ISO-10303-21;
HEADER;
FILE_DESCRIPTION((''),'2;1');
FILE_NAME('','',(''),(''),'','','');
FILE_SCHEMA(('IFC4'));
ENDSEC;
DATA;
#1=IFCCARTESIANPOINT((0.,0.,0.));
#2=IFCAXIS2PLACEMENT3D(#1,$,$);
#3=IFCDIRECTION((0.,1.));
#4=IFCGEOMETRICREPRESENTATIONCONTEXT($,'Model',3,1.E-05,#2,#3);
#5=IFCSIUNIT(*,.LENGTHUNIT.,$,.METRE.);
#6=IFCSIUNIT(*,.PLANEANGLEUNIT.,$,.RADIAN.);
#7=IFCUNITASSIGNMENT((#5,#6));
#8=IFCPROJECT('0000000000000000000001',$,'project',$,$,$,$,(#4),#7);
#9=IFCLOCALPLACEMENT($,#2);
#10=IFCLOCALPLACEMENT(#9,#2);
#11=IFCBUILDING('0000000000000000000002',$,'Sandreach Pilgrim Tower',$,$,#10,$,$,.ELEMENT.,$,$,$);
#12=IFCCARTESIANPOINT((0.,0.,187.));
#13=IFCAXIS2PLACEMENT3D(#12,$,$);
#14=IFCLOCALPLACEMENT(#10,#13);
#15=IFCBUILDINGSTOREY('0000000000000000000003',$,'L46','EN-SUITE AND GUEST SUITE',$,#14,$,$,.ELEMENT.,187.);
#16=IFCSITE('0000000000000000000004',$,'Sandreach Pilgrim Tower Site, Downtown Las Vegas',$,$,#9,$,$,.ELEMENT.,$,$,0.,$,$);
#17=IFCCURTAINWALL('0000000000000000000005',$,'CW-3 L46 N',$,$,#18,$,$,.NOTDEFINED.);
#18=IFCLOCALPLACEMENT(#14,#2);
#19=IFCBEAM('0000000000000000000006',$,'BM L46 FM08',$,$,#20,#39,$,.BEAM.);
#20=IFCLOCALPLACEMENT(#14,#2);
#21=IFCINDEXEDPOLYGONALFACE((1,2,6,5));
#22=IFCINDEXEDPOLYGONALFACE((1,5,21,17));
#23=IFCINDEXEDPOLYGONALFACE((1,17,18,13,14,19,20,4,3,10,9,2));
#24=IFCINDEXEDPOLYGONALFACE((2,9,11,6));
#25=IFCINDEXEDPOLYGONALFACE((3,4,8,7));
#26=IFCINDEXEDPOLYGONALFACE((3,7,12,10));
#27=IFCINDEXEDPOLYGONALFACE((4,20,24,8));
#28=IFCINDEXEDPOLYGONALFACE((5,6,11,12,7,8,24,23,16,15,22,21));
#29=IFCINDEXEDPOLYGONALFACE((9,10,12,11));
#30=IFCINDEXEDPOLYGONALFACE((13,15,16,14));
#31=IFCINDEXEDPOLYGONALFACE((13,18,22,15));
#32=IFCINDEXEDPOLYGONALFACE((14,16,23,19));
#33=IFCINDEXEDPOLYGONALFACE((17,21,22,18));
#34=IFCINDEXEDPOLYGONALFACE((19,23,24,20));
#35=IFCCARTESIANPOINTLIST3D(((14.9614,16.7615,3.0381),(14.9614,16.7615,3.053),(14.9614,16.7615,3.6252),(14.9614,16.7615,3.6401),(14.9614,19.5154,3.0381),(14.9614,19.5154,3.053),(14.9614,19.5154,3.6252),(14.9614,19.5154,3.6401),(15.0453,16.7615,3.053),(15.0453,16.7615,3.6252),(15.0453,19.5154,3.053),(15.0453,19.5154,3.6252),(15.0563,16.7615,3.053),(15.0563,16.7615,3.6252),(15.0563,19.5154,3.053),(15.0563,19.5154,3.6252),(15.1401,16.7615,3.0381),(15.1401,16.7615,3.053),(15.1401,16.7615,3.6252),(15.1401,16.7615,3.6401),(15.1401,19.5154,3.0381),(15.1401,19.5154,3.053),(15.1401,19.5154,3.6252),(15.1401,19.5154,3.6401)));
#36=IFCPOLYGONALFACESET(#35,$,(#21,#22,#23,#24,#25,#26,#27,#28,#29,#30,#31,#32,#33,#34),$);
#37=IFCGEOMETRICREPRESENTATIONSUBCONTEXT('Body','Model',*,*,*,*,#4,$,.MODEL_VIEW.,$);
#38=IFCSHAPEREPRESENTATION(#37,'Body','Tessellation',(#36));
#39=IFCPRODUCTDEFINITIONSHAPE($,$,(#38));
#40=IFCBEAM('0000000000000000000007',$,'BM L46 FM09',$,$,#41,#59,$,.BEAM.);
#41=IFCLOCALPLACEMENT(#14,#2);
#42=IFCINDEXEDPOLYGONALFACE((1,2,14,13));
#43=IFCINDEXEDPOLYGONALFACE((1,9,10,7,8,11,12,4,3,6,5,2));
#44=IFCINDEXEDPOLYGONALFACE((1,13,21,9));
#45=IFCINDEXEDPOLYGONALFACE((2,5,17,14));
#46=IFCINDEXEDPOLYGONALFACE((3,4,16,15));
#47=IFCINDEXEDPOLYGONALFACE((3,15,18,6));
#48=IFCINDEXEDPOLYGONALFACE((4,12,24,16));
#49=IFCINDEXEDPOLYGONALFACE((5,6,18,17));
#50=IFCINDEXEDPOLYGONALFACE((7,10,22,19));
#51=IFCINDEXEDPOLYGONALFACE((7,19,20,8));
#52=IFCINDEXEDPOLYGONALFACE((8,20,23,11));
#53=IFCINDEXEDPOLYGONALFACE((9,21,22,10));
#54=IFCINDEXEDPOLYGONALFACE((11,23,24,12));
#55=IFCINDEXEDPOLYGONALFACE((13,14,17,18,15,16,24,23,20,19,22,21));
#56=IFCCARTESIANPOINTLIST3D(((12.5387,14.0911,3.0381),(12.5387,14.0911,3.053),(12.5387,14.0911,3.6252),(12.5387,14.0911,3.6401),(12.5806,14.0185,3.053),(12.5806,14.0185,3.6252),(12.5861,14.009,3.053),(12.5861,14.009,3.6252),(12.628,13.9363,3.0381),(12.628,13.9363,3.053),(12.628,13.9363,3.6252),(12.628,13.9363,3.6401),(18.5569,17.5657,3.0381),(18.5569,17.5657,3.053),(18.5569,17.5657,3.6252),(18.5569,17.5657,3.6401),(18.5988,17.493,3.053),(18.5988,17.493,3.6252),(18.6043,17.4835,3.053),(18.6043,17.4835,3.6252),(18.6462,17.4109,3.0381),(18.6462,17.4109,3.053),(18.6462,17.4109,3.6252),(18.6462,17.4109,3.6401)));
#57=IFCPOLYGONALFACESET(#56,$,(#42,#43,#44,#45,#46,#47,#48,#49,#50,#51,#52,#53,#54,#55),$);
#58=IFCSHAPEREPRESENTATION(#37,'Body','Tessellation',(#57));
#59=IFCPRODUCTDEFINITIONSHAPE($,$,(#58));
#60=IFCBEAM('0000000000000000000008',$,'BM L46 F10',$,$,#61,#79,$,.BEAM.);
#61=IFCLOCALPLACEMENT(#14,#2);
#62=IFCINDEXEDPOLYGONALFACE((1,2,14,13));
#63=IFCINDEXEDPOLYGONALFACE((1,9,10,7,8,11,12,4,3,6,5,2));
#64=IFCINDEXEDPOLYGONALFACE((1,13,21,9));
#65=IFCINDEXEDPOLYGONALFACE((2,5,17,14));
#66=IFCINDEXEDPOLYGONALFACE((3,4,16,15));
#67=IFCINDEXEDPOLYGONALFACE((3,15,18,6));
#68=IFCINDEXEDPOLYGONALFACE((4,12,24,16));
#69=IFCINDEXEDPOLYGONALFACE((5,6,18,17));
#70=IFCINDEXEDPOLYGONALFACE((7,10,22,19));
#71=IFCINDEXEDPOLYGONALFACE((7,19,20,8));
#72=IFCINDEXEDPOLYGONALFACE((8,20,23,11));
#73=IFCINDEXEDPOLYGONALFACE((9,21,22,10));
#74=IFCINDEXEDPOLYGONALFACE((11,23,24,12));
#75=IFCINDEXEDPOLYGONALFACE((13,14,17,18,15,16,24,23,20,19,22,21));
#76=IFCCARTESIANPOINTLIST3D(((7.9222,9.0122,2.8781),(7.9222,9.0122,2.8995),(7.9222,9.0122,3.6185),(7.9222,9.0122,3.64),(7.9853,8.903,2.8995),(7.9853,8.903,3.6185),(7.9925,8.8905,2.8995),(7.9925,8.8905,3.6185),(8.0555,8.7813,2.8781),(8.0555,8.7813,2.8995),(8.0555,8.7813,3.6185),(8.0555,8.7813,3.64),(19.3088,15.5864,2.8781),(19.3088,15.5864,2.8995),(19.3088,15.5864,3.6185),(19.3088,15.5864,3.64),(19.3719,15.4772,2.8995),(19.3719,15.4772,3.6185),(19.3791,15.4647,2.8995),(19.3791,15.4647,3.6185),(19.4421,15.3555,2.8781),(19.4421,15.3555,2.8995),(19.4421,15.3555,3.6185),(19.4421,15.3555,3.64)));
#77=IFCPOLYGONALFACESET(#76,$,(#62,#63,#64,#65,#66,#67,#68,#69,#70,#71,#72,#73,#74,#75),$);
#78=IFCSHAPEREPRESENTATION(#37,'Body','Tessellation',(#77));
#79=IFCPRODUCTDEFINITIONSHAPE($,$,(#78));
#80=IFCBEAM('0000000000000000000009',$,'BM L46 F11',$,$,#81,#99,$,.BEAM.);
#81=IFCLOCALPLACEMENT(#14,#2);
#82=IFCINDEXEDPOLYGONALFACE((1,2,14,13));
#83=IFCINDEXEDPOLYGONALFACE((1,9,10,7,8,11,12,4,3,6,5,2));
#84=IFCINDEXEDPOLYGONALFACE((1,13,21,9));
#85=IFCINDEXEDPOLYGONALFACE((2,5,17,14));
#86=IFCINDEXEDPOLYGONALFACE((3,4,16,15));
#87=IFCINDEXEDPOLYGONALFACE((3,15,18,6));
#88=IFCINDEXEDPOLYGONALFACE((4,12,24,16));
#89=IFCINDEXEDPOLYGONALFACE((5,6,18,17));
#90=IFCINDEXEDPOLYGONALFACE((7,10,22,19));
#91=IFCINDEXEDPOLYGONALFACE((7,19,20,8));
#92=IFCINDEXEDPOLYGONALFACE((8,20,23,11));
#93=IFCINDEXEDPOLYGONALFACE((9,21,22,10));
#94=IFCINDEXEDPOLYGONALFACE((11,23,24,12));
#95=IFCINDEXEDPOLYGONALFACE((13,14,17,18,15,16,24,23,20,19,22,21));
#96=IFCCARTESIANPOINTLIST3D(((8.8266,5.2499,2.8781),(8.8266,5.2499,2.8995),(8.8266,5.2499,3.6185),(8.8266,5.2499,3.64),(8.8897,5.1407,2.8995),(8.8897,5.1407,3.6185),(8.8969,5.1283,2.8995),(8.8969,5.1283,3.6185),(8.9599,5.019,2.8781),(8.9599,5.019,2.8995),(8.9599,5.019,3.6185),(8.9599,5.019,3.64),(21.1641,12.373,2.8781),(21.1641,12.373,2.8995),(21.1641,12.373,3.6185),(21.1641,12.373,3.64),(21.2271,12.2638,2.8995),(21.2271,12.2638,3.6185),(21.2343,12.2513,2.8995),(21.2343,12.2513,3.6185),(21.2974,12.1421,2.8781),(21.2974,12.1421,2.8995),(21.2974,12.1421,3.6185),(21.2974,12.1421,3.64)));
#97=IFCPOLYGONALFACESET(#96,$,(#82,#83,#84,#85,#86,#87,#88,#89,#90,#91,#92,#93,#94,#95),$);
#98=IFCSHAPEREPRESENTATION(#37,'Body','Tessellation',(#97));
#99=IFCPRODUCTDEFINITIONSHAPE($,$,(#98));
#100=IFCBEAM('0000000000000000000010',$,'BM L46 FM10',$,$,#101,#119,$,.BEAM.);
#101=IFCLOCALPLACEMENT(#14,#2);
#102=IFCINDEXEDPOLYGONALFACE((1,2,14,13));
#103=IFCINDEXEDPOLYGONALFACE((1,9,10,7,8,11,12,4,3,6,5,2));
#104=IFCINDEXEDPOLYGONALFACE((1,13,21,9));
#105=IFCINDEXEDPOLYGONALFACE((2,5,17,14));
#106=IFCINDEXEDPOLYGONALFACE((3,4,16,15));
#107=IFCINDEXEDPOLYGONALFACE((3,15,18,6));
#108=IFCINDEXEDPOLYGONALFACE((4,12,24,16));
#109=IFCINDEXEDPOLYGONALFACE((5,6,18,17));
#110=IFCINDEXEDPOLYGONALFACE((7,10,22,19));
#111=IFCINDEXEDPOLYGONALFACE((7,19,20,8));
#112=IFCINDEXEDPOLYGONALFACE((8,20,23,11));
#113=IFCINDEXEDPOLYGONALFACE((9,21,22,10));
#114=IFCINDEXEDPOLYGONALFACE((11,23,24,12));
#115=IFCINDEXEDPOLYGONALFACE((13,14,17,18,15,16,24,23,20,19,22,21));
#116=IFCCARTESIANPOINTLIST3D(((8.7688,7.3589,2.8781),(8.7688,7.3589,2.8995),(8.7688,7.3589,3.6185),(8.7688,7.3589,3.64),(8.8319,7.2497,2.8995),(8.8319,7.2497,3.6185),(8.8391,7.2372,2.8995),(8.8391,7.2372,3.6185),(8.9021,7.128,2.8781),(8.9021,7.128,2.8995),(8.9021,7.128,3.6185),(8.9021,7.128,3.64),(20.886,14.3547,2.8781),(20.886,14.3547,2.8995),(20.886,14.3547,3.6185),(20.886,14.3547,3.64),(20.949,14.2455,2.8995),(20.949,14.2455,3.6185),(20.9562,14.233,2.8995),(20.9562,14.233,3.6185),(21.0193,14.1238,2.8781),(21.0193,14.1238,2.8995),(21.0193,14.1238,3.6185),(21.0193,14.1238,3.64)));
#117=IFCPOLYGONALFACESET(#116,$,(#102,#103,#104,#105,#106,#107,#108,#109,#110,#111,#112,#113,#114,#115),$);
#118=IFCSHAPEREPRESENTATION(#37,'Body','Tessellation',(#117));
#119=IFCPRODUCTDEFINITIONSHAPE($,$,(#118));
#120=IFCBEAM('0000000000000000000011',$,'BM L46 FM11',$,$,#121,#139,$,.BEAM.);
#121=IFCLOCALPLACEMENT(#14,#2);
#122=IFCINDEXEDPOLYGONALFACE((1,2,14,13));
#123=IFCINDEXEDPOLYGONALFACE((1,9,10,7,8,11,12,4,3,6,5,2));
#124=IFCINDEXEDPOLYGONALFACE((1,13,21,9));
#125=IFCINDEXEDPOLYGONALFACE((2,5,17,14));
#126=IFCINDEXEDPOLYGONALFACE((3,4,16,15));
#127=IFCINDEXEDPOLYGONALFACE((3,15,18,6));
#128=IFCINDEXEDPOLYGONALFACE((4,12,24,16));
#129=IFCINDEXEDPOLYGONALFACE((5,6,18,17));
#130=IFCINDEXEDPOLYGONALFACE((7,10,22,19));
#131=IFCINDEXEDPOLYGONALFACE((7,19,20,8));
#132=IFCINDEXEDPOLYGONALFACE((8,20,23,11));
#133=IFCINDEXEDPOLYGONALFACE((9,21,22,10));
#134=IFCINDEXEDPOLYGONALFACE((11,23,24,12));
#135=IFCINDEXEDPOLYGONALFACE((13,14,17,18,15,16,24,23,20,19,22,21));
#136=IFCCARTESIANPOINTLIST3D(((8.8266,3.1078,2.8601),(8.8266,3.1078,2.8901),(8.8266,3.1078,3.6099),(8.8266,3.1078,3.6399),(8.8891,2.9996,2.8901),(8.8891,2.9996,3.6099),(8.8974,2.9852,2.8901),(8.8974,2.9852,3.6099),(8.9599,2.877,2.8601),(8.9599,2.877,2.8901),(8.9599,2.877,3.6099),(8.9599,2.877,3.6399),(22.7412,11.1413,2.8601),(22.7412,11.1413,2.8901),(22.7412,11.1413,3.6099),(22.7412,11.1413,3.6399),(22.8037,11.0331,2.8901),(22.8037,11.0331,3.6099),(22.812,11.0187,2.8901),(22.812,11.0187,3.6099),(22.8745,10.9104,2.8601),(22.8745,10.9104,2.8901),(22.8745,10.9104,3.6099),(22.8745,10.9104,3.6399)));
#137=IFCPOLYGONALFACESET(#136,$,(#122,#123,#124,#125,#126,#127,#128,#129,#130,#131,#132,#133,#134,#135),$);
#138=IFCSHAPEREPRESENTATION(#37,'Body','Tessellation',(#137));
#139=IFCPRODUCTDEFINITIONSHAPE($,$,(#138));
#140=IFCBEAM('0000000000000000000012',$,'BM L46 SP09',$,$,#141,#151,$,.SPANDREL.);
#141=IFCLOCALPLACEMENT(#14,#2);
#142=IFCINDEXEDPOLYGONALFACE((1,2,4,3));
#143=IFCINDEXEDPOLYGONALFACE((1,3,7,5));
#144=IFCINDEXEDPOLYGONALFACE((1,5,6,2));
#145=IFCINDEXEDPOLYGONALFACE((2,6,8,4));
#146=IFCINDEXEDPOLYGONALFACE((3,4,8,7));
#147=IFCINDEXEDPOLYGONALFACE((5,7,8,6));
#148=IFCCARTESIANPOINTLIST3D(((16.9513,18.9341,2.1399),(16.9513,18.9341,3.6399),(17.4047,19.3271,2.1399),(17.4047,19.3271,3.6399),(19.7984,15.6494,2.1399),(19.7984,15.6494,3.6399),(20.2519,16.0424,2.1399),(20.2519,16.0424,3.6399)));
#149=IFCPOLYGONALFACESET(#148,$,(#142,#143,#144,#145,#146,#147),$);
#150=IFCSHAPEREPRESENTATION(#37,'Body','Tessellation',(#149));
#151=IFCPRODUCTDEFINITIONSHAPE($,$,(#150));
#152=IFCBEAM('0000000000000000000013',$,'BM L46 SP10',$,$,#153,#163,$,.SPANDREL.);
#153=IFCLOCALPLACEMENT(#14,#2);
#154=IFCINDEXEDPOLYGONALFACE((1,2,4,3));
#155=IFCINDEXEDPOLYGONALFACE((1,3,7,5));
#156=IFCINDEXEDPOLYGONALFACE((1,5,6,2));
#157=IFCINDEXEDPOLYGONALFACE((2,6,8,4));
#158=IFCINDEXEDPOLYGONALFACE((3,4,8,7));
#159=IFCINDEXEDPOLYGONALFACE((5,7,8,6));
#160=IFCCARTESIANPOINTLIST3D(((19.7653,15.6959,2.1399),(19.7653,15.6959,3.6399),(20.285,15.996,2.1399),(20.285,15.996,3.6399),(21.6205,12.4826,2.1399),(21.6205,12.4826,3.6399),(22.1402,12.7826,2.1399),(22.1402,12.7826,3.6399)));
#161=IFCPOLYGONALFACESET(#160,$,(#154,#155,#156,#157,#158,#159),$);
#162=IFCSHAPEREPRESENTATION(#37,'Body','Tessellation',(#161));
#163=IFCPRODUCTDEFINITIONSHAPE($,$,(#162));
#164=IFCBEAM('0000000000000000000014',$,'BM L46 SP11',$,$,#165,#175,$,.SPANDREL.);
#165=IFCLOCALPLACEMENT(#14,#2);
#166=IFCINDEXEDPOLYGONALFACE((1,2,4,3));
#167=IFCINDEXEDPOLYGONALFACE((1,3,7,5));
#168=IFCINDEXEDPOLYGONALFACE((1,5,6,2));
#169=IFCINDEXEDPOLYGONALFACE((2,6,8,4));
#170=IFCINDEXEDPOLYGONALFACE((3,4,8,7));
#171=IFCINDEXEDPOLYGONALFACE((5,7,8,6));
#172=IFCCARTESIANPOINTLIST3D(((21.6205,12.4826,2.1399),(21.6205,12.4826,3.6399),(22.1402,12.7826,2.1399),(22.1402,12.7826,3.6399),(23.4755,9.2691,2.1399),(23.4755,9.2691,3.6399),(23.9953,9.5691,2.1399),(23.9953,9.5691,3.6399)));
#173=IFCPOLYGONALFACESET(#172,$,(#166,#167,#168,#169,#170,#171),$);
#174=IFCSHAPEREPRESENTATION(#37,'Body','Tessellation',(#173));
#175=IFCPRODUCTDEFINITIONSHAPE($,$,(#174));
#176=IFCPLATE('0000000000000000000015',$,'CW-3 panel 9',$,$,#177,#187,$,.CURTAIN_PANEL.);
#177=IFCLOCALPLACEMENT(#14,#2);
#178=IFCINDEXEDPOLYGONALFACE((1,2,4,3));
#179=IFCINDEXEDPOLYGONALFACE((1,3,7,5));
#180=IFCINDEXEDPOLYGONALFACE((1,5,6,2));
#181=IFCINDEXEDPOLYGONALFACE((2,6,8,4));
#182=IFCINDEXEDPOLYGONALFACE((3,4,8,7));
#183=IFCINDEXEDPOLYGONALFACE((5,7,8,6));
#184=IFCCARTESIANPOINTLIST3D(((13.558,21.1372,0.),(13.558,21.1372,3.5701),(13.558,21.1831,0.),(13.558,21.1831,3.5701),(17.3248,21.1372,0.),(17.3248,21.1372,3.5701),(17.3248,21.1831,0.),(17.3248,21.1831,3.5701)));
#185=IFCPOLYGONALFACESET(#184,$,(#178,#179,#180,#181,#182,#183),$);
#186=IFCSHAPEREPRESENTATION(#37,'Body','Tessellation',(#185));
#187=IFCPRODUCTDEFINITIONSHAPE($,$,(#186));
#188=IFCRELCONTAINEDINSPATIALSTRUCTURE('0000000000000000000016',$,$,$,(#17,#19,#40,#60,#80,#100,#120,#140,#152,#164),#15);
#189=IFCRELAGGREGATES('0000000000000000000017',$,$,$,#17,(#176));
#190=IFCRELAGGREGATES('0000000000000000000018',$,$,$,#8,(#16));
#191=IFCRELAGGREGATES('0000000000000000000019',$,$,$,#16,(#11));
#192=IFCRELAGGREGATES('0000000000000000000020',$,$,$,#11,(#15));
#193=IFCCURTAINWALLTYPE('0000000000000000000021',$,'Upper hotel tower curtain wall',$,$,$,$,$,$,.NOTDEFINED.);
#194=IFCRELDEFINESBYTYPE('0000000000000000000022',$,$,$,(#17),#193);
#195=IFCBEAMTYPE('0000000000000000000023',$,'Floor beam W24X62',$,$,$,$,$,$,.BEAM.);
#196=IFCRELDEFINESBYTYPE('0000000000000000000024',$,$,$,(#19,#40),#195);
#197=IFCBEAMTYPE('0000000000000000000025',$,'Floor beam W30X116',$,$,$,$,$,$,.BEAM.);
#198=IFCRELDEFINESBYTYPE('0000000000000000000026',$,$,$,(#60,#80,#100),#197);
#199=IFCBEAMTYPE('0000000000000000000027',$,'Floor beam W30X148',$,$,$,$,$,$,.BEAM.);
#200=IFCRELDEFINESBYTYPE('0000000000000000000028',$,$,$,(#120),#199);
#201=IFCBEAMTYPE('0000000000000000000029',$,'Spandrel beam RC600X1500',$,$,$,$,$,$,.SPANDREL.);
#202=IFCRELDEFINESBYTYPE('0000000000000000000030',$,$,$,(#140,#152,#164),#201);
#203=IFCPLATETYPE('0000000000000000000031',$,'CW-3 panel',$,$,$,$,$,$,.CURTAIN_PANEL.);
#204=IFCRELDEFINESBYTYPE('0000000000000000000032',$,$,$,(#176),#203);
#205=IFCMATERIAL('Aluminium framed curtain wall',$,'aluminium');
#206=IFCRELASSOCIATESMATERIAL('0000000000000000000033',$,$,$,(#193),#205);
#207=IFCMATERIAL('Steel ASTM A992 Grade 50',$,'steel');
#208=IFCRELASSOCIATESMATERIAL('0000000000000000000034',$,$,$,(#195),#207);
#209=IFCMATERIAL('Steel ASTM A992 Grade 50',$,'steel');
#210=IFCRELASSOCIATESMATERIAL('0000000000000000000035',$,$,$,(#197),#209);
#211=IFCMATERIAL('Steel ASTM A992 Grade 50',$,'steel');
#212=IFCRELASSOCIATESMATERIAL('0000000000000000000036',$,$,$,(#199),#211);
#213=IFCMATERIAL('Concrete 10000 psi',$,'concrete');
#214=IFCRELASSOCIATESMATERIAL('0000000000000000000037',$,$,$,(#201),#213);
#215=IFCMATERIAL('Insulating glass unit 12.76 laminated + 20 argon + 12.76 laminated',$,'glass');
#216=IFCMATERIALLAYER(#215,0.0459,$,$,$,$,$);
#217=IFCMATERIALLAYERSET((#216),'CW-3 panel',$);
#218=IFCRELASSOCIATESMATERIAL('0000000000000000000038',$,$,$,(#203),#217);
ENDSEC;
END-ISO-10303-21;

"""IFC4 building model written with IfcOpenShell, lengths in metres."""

from ifc_helpers import new_model, si_unit, direction, frame, origin, origin_2d, place, context, subcontext, project, spatial, rectangle, i_section, extrude, material, layer, layer_set, material_profile, profile_set, type_object, element, aggregate, save


model = new_model("IFC4")

# Units and contexts
model_context = context("Model", 3, precision=1e-05, world=origin(), true_north=direction((0.0, 1.0)))
body_context = subcontext(model_context, "Body", "Model", "MODEL_VIEW")
ifc_project = project(units=[si_unit("LENGTHUNIT", "METRE"), si_unit("PLANEANGLEUNIT", "RADIAN")], contexts=[model_context])

# Site, building, storey
site_placement = place(None, origin())
site = spatial("IfcSite", under=ifc_project, at=site_placement, Name="Sandreach Pilgrim Tower Site, Downtown Las Vegas", CompositionType="ELEMENT", RefElevation=0.0)
building_placement = place(site_placement, origin())
building = spatial("IfcBuilding", under=site, at=building_placement, Name="Sandreach Pilgrim Tower", CompositionType="ELEMENT")
storey_placement = place(building_placement, frame((0.0, 0.0, 187.0)))
storey = spatial("IfcBuildingStorey", under=building, at=storey_placement, Name="L46", Description="EN-SUITE AND GUEST SUITE", CompositionType="ELEMENT", Elevation=187.0)

# Curtain wall
ifc_material_1 = material(Name="Aluminium framed curtain wall", Category="aluminium")
curtain_wall_type = type_object("IfcCurtainWallType", Name="Upper hotel tower curtain wall", PredefinedType="NOTDEFINED", material=ifc_material_1)
curtain_wall_1_placement = place(storey_placement, origin())
curtain_wall_1 = element("IfcCurtainWall", 1, at=curtain_wall_1_placement, inside=storey, type_object=curtain_wall_type, Name="CW-3 L46 N", PredefinedType="NOTDEFINED")

# Beams
ifc_material_2 = material(Name="Steel ASTM A992 Grade 50", Category="steel")
ifc_material_profile_1 = material_profile(ifc_material_2, i_section(OverallWidth=0.1787, OverallDepth=0.6021, WebThickness=0.011, FlangeThickness=0.0149, at=origin_2d()), Name="W24X62")
ifc_profile_set_1 = profile_set([ifc_material_profile_1], Name="Steel ASTM A992 Grade 50")
beam_type_1 = type_object("IfcBeamType", Name="Floor beam W24X62", PredefinedType="BEAM", material=ifc_profile_set_1)
beam_1_placement = place(storey_placement, frame((15.0508, 19.5154, 3.3391), z_axis=(0.0, -1.0, 0.0), x_axis=(1.0, 0.0, 0.0)))
element("IfcBeam", 2, at=beam_1_placement, inside=storey, type_object=beam_type_1, Name="BM L46 FM08", PredefinedType="BEAM", context=body_context, shape_type="SweptSolid", body=[
    extrude(i_section(OverallWidth=0.1787, OverallDepth=0.6021, WebThickness=0.011, FlangeThickness=0.0149, at=origin_2d()), origin(), (0.0, 0.0, 1.0), 2.7539),
])
beam_2_placement = place(storey_placement, frame((18.6016, 17.4883, 3.3391), z_axis=(-0.866029, -0.499993, 0.0), x_axis=(0.499993, -0.866029, 0.0)))
element("IfcBeam", 3, at=beam_2_placement, inside=storey, type_object=beam_type_1, Name="BM L46 FM09", PredefinedType="BEAM", context=body_context, shape_type="SweptSolid", body=[
    extrude(i_section(OverallWidth=0.1787, OverallDepth=0.6021, WebThickness=0.011, FlangeThickness=0.0149, at=origin_2d()), origin(), (0.0, 0.0, 1.0), 6.9492),
])
ifc_material_3 = material(Name="Steel ASTM A992 Grade 50", Category="steel")
ifc_material_profile_2 = material_profile(ifc_material_3, i_section(OverallWidth=0.2666, OverallDepth=0.762, WebThickness=0.0144, FlangeThickness=0.0215, at=origin_2d()), Name="W30X116")
ifc_profile_set_2 = profile_set([ifc_material_profile_2], Name="Steel ASTM A992 Grade 50")
beam_type_2 = type_object("IfcBeamType", Name="Floor beam W30X116", PredefinedType="BEAM", material=ifc_profile_set_2)
beam_3_placement = place(storey_placement, frame((19.3755, 15.4709, 3.259), z_axis=(-0.866022, -0.500005, 0.0), x_axis=(0.500005, -0.866022, 0.0)))
element("IfcBeam", 4, at=beam_3_placement, inside=storey, type_object=beam_type_2, Name="BM L46 F10", PredefinedType="BEAM", context=body_context, shape_type="SweptSolid", body=[
    extrude(i_section(OverallWidth=0.2666, OverallDepth=0.762, WebThickness=0.0144, FlangeThickness=0.0215, at=origin_2d()), origin(), (0.0, 0.0, 1.0), 13.1482),
])
beam_4_placement = place(storey_placement, frame((21.2307, 12.2576, 3.259), z_axis=(-0.866024, -0.500002, 0.0), x_axis=(0.500002, -0.866024, 0.0)))
element("IfcBeam", 5, at=beam_4_placement, inside=storey, type_object=beam_type_2, Name="BM L46 F11", PredefinedType="BEAM", context=body_context, shape_type="SweptSolid", body=[
    extrude(i_section(OverallWidth=0.2666, OverallDepth=0.762, WebThickness=0.0144, FlangeThickness=0.0215, at=origin_2d()), origin(), (0.0, 0.0, 1.0), 14.2461),
])
beam_5_placement = place(storey_placement, frame((20.9526, 14.2393, 3.259), z_axis=(-0.866026, -0.499999, 0.0), x_axis=(0.499999, -0.866026, 0.0)))
element("IfcBeam", 6, at=beam_5_placement, inside=storey, type_object=beam_type_2, Name="BM L46 FM10", PredefinedType="BEAM", context=body_context, shape_type="SweptSolid", body=[
    extrude(i_section(OverallWidth=0.2666, OverallDepth=0.762, WebThickness=0.0144, FlangeThickness=0.0215, at=origin_2d()), origin(), (0.0, 0.0, 1.0), 13.9917),
])
ifc_material_4 = material(Name="Steel ASTM A992 Grade 50", Category="steel")
ifc_material_profile_3 = material_profile(ifc_material_4, i_section(OverallWidth=0.2666, OverallDepth=0.7798, WebThickness=0.0166, FlangeThickness=0.03, at=origin_2d()), Name="W30X148")
ifc_profile_set_3 = profile_set([ifc_material_profile_3], Name="Steel ASTM A992 Grade 50")
beam_type_3 = type_object("IfcBeamType", Name="Floor beam W30X148", PredefinedType="BEAM", material=ifc_profile_set_3)
beam_6_placement = place(storey_placement, frame((22.8079, 11.0259, 3.25), z_axis=(-0.866029, -0.499994, 0.0), x_axis=(0.499994, -0.866029, 0.0)))
element("IfcBeam", 7, at=beam_6_placement, inside=storey, type_object=beam_type_3, Name="BM L46 FM11", PredefinedType="BEAM", context=body_context, shape_type="SweptSolid", body=[
    extrude(i_section(OverallWidth=0.2666, OverallDepth=0.7798, WebThickness=0.0166, FlangeThickness=0.03, at=origin_2d()), origin(), (0.0, 0.0, 1.0), 16.0671),
])
ifc_material_5 = material(Name="Concrete 10000 psi", Category="concrete")
ifc_material_profile_4 = material_profile(ifc_material_5, rectangle(XDim=0.6001, YDim=1.5, at=origin_2d()), Name="RC600X1500")
ifc_profile_set_4 = profile_set([ifc_material_profile_4], Name="Concrete 10000 psi")
beam_type_4 = type_object("IfcBeamType", Name="Spandrel beam RC600X1500", PredefinedType="SPANDREL", material=ifc_profile_set_4)
beam_7_placement = place(storey_placement, frame((17.178, 19.1306, 2.8899), z_axis=(0.65499, -0.755637, 0.0), x_axis=(0.755637, 0.65499, 0.0)))
element("IfcBeam", 8, at=beam_7_placement, inside=storey, type_object=beam_type_4, Name="BM L46 SP09", PredefinedType="SPANDREL", context=body_context, shape_type="SweptSolid", body=[
    extrude(rectangle(XDim=0.6001, YDim=1.5, at=origin_2d()), origin(), (0.0, 0.0, 1.0), 4.3469),
])
for number, where, z_axis, x_axis, name in (
    (9, (20.0251, 15.8459, 2.8899), (0.499996, -0.866028, 0.0), (0.866028, 0.499996, 0.0), "BM L46 SP10"),
    (10, (21.8804, 12.6326, 2.8899), (0.499946, -0.866056, 0.0), (0.866056, 0.499946, 0.0), "BM L46 SP11"),
):
    element("IfcBeam", number, at=place(storey_placement, frame(where, z_axis=z_axis, x_axis=x_axis)), inside=storey, type_object=beam_type_4, Name=name, PredefinedType="SPANDREL", context=body_context, shape_type="SweptSolid", body=[
        extrude(rectangle(XDim=0.6001, YDim=1.5, at=origin_2d()), origin(), (0.0, 0.0, 1.0), 3.7104),
    ])

# Plate
ifc_material_6 = material(Name="Insulating glass unit 12.76 laminated + 20 argon + 12.76 laminated", Category="glass")
ifc_layer_1 = layer(ifc_material_6, 0.0459)
ifc_layer_set_1 = layer_set([ifc_layer_1], Name="CW-3 panel")
plate_type = type_object("IfcPlateType", Name="CW-3 panel", PredefinedType="CURTAIN_PANEL", material=ifc_layer_set_1)
plate_1_placement = place(storey_placement, frame((15.4414, 21.1602, 0.0), z_axis=(0.0, 0.0, 1.0), x_axis=(1.0, 0.0, 0.0)))
plate_1 = element("IfcPlate", 11, at=plate_1_placement, type_object=plate_type, Name="CW-3 panel 9", PredefinedType="CURTAIN_PANEL", context=body_context, shape_type="SweptSolid", body=[
    extrude(rectangle(XDim=3.7668, YDim=0.0459, at=origin_2d()), origin(), (0.0, 0.0, 1.0), 3.5701),
])
aggregate(curtain_wall_1, [plate_1])

save(model, "model.ifc")
